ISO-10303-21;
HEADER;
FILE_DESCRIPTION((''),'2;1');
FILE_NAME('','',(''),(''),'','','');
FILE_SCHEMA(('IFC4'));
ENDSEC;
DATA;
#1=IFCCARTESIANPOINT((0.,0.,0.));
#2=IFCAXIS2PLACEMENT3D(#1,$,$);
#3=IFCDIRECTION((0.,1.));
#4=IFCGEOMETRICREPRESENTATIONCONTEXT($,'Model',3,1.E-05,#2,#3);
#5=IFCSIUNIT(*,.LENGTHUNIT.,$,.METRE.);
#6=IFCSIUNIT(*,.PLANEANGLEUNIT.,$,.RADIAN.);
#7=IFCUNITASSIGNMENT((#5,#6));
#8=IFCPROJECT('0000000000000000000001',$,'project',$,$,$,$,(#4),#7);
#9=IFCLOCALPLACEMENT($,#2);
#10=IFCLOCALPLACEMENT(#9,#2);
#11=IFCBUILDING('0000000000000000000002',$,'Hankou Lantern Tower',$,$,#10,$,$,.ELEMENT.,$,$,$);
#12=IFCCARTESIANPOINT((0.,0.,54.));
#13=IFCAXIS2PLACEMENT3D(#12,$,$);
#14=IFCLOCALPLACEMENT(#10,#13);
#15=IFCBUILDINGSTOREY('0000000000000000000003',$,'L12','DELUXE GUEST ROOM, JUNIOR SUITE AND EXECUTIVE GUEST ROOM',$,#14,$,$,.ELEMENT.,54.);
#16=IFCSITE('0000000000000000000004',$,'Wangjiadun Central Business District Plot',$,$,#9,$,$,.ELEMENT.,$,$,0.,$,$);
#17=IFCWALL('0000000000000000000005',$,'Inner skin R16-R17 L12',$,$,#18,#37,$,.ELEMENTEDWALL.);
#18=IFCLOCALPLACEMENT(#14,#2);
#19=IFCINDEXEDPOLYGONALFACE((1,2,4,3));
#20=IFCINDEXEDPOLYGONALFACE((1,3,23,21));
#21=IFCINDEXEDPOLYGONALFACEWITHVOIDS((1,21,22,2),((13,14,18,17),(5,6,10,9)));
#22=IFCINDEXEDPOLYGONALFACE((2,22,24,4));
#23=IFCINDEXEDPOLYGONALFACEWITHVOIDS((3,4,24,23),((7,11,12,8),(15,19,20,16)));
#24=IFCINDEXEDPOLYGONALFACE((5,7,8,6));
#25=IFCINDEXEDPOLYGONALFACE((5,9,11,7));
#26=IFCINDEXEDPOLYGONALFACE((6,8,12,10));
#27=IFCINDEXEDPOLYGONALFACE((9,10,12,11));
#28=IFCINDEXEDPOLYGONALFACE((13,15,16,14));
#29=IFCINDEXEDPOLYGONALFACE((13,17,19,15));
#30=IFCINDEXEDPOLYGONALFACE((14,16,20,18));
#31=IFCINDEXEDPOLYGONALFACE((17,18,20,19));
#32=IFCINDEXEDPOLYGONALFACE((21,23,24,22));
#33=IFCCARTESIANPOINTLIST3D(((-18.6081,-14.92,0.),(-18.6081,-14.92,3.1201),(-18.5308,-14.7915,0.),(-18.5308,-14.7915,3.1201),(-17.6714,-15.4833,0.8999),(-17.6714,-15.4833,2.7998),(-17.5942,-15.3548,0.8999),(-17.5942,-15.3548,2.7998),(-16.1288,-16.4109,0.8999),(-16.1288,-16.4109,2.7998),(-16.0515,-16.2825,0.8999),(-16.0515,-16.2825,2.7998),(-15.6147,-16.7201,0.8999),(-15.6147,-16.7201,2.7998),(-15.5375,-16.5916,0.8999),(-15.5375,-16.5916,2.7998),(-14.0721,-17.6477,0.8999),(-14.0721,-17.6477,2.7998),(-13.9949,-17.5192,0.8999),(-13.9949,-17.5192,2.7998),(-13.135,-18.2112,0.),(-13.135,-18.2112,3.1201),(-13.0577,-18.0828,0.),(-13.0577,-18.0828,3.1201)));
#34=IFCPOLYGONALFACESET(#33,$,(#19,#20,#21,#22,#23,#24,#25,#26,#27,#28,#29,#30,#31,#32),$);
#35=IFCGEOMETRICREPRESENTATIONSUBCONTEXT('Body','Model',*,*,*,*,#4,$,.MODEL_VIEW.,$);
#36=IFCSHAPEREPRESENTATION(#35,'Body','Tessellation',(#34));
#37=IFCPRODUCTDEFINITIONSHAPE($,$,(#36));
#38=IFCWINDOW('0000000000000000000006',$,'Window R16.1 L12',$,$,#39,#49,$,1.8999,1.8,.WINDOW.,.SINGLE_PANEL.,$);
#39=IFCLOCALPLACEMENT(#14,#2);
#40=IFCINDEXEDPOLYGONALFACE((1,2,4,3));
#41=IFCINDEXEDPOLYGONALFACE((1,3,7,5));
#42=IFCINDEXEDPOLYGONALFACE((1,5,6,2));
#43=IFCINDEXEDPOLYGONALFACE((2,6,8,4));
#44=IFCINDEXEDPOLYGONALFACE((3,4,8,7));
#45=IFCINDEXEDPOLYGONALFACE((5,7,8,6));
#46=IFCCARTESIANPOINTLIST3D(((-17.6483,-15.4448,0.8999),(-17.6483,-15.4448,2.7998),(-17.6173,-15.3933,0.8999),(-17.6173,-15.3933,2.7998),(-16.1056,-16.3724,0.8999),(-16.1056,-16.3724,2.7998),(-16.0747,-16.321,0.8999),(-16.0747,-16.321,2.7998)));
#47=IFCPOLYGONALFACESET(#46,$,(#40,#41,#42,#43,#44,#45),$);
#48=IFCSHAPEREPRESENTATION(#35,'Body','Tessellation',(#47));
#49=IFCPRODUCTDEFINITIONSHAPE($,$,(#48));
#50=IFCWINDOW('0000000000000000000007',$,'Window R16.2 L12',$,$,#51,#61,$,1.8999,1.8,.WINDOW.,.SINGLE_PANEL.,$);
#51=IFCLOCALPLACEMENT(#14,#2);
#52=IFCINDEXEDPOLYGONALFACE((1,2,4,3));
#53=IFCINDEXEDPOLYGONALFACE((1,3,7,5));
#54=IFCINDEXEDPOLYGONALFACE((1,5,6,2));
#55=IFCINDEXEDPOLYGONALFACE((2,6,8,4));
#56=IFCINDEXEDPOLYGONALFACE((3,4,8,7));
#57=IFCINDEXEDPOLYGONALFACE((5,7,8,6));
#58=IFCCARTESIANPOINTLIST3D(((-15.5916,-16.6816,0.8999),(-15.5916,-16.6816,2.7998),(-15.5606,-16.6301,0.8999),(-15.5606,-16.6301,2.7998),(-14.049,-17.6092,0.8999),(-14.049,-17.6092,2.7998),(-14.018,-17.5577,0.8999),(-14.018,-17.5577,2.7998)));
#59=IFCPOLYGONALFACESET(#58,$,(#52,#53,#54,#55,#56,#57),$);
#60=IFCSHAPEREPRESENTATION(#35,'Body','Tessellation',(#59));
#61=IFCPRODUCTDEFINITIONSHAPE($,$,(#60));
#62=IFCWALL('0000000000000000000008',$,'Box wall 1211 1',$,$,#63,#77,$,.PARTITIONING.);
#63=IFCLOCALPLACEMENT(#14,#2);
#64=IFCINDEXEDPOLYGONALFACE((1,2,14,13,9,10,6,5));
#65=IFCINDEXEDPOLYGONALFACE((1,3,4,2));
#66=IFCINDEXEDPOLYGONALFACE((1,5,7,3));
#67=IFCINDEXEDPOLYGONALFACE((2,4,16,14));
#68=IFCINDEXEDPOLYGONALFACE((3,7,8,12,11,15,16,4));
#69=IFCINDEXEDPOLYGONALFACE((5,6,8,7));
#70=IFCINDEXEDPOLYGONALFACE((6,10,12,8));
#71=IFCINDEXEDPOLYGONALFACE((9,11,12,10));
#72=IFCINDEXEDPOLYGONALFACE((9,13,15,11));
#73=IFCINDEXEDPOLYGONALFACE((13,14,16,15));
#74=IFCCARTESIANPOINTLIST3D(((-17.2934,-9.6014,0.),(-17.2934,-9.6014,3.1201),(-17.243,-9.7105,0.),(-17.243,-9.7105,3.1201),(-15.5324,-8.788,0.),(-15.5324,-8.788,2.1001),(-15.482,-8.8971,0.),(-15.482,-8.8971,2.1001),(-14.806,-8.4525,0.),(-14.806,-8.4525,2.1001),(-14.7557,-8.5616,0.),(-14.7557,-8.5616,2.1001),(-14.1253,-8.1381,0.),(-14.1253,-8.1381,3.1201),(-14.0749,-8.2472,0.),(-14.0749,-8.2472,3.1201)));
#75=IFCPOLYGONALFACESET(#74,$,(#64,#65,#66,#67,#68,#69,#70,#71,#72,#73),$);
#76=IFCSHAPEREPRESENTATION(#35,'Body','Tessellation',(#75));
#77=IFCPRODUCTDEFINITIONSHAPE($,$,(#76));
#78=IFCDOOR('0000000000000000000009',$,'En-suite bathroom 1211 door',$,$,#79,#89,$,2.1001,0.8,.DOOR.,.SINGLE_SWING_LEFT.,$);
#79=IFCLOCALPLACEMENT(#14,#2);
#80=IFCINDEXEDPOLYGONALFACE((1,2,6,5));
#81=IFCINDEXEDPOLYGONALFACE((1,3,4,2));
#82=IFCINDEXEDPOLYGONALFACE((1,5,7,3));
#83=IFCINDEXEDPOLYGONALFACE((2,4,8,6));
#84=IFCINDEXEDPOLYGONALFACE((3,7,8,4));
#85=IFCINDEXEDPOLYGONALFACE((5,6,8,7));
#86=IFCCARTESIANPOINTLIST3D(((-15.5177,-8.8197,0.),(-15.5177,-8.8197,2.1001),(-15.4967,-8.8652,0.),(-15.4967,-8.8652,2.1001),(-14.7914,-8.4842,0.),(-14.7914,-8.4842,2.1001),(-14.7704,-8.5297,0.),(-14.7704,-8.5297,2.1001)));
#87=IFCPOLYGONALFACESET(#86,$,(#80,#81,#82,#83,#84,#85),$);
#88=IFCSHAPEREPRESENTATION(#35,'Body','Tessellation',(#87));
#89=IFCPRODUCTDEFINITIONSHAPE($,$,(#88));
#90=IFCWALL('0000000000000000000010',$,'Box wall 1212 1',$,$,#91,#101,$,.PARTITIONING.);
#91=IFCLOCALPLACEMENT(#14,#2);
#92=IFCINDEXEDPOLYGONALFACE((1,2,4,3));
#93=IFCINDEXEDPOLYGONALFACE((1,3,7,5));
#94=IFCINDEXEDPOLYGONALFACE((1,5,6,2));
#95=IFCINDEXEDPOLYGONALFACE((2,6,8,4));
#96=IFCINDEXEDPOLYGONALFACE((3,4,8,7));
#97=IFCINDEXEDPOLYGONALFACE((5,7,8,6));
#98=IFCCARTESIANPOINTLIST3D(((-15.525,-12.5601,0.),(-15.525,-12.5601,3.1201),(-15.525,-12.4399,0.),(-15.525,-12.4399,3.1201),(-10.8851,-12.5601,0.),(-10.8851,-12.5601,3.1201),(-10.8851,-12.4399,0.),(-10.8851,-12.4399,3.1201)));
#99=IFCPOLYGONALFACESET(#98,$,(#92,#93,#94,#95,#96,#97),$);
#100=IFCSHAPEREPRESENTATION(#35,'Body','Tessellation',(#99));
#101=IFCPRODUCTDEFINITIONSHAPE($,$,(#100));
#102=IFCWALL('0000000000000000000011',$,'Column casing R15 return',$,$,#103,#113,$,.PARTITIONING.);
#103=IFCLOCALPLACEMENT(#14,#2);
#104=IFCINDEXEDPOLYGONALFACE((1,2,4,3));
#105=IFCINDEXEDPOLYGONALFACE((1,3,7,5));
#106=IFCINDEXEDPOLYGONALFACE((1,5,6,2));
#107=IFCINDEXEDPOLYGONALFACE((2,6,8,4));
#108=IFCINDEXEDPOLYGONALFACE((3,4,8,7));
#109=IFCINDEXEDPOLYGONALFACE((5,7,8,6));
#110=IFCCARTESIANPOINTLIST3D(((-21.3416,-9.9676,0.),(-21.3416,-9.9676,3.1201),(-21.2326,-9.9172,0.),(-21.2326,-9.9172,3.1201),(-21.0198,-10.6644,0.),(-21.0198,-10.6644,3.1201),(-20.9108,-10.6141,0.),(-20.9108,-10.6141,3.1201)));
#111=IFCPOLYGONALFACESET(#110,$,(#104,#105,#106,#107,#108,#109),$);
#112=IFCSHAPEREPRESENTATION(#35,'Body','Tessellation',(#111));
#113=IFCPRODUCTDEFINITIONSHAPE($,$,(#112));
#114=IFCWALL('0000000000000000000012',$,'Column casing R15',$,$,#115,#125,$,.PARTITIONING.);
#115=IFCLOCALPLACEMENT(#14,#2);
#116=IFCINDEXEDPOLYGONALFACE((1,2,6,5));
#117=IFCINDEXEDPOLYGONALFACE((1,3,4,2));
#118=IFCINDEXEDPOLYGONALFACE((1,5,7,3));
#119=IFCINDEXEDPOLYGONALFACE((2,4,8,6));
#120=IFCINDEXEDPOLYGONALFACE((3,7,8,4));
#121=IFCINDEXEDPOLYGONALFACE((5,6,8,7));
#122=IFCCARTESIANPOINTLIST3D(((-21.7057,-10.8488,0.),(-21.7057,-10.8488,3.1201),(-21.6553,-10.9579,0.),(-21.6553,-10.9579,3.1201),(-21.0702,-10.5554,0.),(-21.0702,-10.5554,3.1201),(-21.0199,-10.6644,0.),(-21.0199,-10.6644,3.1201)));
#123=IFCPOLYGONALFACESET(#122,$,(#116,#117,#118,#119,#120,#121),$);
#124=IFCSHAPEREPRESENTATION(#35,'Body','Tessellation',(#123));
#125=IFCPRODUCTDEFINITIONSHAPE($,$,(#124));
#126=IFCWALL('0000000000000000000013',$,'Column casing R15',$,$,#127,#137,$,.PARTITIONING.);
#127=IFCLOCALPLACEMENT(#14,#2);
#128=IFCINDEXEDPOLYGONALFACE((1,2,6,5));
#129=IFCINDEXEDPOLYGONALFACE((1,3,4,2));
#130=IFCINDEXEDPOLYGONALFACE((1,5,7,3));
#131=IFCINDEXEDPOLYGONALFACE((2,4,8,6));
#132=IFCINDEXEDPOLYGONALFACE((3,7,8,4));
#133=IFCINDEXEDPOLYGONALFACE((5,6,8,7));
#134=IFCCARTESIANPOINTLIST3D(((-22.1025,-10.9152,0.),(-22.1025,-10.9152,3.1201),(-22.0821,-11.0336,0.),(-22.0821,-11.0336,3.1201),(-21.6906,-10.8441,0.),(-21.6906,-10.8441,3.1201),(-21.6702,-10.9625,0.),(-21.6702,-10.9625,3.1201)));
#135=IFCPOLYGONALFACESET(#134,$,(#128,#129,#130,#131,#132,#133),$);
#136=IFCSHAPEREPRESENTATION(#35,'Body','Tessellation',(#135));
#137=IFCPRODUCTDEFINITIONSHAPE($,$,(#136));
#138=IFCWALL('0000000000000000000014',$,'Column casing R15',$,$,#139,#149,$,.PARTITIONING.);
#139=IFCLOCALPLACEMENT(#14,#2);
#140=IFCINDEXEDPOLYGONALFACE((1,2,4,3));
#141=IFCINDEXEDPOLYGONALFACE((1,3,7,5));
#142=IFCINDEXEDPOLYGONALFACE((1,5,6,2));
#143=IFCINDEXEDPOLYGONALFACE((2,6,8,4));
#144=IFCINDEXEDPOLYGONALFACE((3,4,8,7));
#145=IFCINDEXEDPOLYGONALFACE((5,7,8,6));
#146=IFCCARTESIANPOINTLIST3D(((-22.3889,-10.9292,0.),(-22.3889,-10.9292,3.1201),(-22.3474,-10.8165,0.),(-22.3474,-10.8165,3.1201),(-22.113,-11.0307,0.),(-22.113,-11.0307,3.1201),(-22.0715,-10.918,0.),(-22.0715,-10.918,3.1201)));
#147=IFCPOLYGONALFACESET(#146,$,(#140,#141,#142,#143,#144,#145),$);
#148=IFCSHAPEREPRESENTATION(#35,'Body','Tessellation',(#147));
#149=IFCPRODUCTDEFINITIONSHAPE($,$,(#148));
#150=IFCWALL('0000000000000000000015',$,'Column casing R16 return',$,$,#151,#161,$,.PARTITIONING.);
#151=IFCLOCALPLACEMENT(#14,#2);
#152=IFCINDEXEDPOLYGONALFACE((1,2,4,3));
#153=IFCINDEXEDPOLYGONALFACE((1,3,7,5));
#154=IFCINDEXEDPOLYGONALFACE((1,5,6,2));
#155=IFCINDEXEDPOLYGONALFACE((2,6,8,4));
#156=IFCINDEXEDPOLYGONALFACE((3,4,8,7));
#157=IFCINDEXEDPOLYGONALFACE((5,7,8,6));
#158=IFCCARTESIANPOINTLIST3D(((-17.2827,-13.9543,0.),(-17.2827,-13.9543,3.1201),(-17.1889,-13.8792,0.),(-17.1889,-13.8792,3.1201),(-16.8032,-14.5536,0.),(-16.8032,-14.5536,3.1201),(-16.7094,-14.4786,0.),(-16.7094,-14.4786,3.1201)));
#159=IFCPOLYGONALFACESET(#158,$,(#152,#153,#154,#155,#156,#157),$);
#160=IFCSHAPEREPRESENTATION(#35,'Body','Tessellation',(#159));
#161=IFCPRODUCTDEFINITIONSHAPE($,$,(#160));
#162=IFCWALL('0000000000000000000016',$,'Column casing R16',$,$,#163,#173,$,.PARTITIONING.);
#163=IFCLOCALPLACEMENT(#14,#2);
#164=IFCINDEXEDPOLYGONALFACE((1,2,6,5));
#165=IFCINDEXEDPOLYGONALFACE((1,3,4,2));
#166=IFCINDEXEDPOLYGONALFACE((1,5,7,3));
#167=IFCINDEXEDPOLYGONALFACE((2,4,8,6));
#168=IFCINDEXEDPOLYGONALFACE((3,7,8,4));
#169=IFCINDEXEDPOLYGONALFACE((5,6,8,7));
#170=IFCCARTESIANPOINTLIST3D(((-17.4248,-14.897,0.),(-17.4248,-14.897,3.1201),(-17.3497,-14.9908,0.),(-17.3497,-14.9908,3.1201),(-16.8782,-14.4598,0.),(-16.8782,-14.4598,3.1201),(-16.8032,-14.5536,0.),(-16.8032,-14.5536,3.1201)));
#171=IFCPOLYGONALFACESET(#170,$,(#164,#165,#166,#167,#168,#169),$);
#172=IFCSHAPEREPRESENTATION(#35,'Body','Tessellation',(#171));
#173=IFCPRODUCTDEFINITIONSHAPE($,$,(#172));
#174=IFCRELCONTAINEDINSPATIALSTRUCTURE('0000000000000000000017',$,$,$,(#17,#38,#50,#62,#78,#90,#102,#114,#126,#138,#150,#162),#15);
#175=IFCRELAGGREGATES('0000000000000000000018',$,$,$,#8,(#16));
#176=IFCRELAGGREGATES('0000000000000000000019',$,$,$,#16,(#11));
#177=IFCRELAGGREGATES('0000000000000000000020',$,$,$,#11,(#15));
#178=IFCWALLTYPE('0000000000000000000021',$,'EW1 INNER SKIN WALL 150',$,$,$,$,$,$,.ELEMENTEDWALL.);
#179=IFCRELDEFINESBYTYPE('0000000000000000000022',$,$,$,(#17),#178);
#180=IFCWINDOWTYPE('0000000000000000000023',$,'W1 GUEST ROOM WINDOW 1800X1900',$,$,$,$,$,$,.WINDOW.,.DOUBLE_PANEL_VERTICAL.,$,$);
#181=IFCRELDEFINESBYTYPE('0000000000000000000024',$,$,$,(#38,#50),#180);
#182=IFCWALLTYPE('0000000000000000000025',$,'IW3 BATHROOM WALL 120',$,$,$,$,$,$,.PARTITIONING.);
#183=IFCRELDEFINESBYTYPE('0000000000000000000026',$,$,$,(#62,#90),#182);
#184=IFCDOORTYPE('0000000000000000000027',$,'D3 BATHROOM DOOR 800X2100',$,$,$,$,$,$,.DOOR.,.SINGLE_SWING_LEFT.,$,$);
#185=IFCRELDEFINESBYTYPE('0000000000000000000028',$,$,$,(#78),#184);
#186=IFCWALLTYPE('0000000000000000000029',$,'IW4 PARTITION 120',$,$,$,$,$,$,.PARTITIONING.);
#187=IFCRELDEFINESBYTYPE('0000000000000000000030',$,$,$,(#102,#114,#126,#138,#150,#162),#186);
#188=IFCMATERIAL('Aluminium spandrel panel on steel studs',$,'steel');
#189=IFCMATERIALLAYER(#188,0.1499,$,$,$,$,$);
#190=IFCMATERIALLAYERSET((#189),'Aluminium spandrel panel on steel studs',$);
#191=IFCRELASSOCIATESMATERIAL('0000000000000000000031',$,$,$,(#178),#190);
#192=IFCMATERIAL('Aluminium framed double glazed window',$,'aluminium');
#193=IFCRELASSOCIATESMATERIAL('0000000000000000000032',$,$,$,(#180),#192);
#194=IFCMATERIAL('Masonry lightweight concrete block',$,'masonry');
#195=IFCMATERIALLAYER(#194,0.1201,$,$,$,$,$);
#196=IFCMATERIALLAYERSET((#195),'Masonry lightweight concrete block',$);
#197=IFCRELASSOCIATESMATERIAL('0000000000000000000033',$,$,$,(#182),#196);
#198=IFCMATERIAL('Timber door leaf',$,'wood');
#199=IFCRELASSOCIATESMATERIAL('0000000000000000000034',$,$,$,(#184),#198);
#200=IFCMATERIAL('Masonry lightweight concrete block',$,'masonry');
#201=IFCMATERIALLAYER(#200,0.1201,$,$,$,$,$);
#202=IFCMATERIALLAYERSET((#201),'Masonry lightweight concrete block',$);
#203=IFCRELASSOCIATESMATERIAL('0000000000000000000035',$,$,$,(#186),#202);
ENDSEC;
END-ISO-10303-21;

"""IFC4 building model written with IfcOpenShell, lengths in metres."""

from ifc_helpers import new_model, si_unit, direction, frame, frame_2d, origin, place, context, subcontext, project, spatial, rectangle, extrude, material, layer, layer_set, type_object, element, fill, save


model = new_model("IFC4")

# Units and contexts
model_context = context("Model", 3, precision=1e-05, world=origin(), true_north=direction((0.0, 1.0)))
body_context = subcontext(model_context, "Body", "Model", "MODEL_VIEW")
ifc_project = project(units=[si_unit("LENGTHUNIT", "METRE"), si_unit("PLANEANGLEUNIT", "RADIAN")], contexts=[model_context])

# Site, building, storey
site_placement = place(None, origin())
site = spatial("IfcSite", under=ifc_project, at=site_placement, Name="Wangjiadun Central Business District Plot", CompositionType="ELEMENT", RefElevation=0.0)
building_placement = place(site_placement, origin())
building = spatial("IfcBuilding", under=site, at=building_placement, Name="Hankou Lantern Tower", CompositionType="ELEMENT")
storey_placement = place(building_placement, frame((0.0, 0.0, 54.0)))
storey = spatial("IfcBuildingStorey", under=building, at=storey_placement, Name="L12", Description="DELUXE GUEST ROOM, JUNIOR SUITE AND EXECUTIVE GUEST ROOM", CompositionType="ELEMENT", Elevation=54.0)

# Wall, openings, windows
ifc_material_1 = material(Name="Aluminium spandrel panel on steel studs", Category="steel")
ifc_layer_1 = layer(ifc_material_1, 0.1499)
ifc_layer_set_1 = layer_set([ifc_layer_1], Name="Aluminium spandrel panel on steel studs")
wall_type_1 = type_object("IfcWallType", Name="EW1 INNER SKIN WALL 150", PredefinedType="ELEMENTEDWALL", material=ifc_layer_set_1)
ifc_material_2 = material(Name="Aluminium framed double glazed window", Category="aluminium")
window_type = type_object("IfcWindowType", Name="W1 GUEST ROOM WINDOW 1800X1900", PartitioningType="DOUBLE_PANEL_VERTICAL", PredefinedType="WINDOW", material=ifc_material_2)
wall_1_placement = place(storey_placement, frame((-18.5696, -14.8557, 0.0), z_axis=(0.0, 0.0, 1.0), x_axis=(0.856983, -0.515344, 0.0)))
wall_1 = element("IfcWall", 1, at=wall_1_placement, inside=storey, type_object=wall_type_1, Name="Inner skin R16-R17 L12", PredefinedType="ELEMENTEDWALL", context=body_context, shape_type="SweptSolid", body=[
    extrude(rectangle(XDim=6.3865, YDim=0.1499, at=frame_2d((3.1934, 0.0))), origin(), (0.0, 0.0, 1.0), 3.1201),
])
opening_1_placement = place(wall_1_placement, frame((1.0933, 0.0, 0.8999)))
opening_1 = element("IfcOpeningElement", 2, at=opening_1_placement, cuts=wall_1, PredefinedType="OPENING", context=body_context, shape_type="SweptSolid", body=[
    extrude(rectangle(XDim=1.8, YDim=1.8999, at=frame_2d((0.8999, 0.95))), frame((0.0, 0.085, 0.0), z_axis=(0.0, -1.0, 0.0), x_axis=(1.0, 0.0, 0.0)), (0.0, 0.0, 1.0), 0.1699),
])
opening_2_placement = place(wall_1_placement, frame((3.4932, 0.0, 0.8999)))
opening_2 = element("IfcOpeningElement", 3, at=opening_2_placement, cuts=wall_1, PredefinedType="OPENING", context=body_context, shape_type="SweptSolid", body=[
    extrude(rectangle(XDim=1.8, YDim=1.8999, at=frame_2d((0.8999, 0.95))), frame((0.0, 0.085, 0.0), z_axis=(0.0, -1.0, 0.0), x_axis=(1.0, 0.0, 0.0)), (0.0, 0.0, 1.0), 0.1699),
])
window_1_placement = place(opening_1_placement, origin())
window_1 = element("IfcWindow", 4, at=window_1_placement, inside=storey, type_object=window_type, Name="Window R16.1 L12", OverallHeight=1.8999, OverallWidth=1.8, PartitioningType="SINGLE_PANEL", PredefinedType="WINDOW", context=body_context, shape_type="SweptSolid", body=[
    extrude(rectangle(XDim=1.8, YDim=1.8999, at=frame_2d((0.8999, 0.95))), frame((0.0, 0.03, 0.0), z_axis=(0.0, -1.0, 0.0), x_axis=(1.0, 0.0, 0.0)), (0.0, 0.0, 1.0), 0.0601),
])
fill(opening_1, window_1)
window_2_placement = place(opening_2_placement, origin())
window_2 = element("IfcWindow", 5, at=window_2_placement, inside=storey, type_object=window_type, Name="Window R16.2 L12", OverallHeight=1.8999, OverallWidth=1.8, PartitioningType="SINGLE_PANEL", PredefinedType="WINDOW", context=body_context, shape_type="SweptSolid", body=[
    extrude(rectangle(XDim=1.8, YDim=1.8999, at=frame_2d((0.8999, 0.95))), frame((0.0, 0.03, 0.0), z_axis=(0.0, -1.0, 0.0), x_axis=(1.0, 0.0, 0.0)), (0.0, 0.0, 1.0), 0.0601),
])
fill(opening_2, window_2)

# Wall, opening, door
ifc_material_3 = material(Name="Masonry lightweight concrete block", Category="masonry")
ifc_layer_2 = layer(ifc_material_3, 0.1201)
ifc_layer_set_2 = layer_set([ifc_layer_2], Name="Masonry lightweight concrete block")
wall_type_2 = type_object("IfcWallType", Name="IW3 BATHROOM WALL 120", PredefinedType="PARTITIONING", material=ifc_layer_set_2)
wall_2_placement = place(storey_placement, frame((-14.1001, -8.1926, 0.0), z_axis=(0.0, 0.0, 1.0), x_axis=(-0.907836, -0.419324, 0.0)))
wall_2 = element("IfcWall", 6, at=wall_2_placement, inside=storey, type_object=wall_type_2, Name="Box wall 1211 1", PredefinedType="PARTITIONING", context=body_context, shape_type="SweptSolid", body=[
    extrude(rectangle(XDim=3.4897, YDim=0.1201, at=frame_2d((1.7449, 0.0))), origin(), (0.0, 0.0, 1.0), 3.1201),
])
opening_3_placement = place(wall_2_placement, frame((0.75, 0.0, 0.0)))
opening_3 = element("IfcOpeningElement", 7, at=opening_3_placement, cuts=wall_2, PredefinedType="OPENING", context=body_context, shape_type="SweptSolid", body=[
    extrude(rectangle(XDim=0.8, YDim=2.1001, at=frame_2d((0.3999, 1.05))), frame((0.0, 0.0701, 0.0), z_axis=(0.0, -1.0, 0.0), x_axis=(1.0, 0.0, 0.0)), (0.0, 0.0, 1.0), 0.1401),
])
ifc_material_4 = material(Name="Timber door leaf", Category="wood")
door_type = type_object("IfcDoorType", Name="D3 BATHROOM DOOR 800X2100", OperationType="SINGLE_SWING_LEFT", PredefinedType="DOOR", material=ifc_material_4)
door_placement = place(opening_3_placement, origin())
door = element("IfcDoor", 8, at=door_placement, inside=storey, type_object=door_type, Name="En-suite bathroom 1211 door", OperationType="SINGLE_SWING_LEFT", OverallHeight=2.1001, OverallWidth=0.8, PredefinedType="DOOR", context=body_context, shape_type="SweptSolid", body=[
    extrude(rectangle(XDim=0.8, YDim=2.1001, at=frame_2d((0.3999, 1.05))), frame((0.0, 0.0249, 0.0), z_axis=(0.0, -1.0, 0.0), x_axis=(1.0, 0.0, 0.0)), (0.0, 0.0, 1.0), 0.05),
])
fill(opening_3, door)

# Walls
wall_3_placement = place(storey_placement, frame((-15.5249, -12.5, 0.0), z_axis=(0.0, 0.0, 1.0), x_axis=(1.0, 0.0, 0.0)))
element("IfcWall", 9, at=wall_3_placement, inside=storey, type_object=wall_type_2, Name="Box wall 1212 1", PredefinedType="PARTITIONING", context=body_context, shape_type="SweptSolid", body=[
    extrude(rectangle(XDim=4.6399, YDim=0.1201, at=frame_2d((2.3198, 0.0))), origin(), (0.0, 0.0, 1.0), 3.1201),
])
ifc_material_5 = material(Name="Masonry lightweight concrete block", Category="masonry")
ifc_layer_3 = layer(ifc_material_5, 0.1201)
ifc_layer_set_3 = layer_set([ifc_layer_3], Name="Masonry lightweight concrete block")
wall_type_3 = type_object("IfcWallType", Name="IW4 PARTITION 120", PredefinedType="PARTITIONING", material=ifc_layer_set_3)
wall_4_placement = place(storey_placement, frame((-21.2871, -9.9424, 0.0), z_axis=(0.0, 0.0, 1.0), x_axis=(0.41926, -0.907866, 0.0)))
element("IfcWall", 10, at=wall_4_placement, inside=storey, type_object=wall_type_3, Name="Column casing R15 return", PredefinedType="PARTITIONING", context=body_context, shape_type="SweptSolid", body=[
    extrude(rectangle(XDim=0.7676, YDim=0.1201, at=frame_2d((0.3838, 0.0))), origin(), (0.0, 0.0, 1.0), 3.1201),
])
wall_5_placement = place(storey_placement, frame((-21.0449, -10.6099, 0.0), z_axis=(0.0, 0.0, 1.0), x_axis=(-0.907878, -0.419235, 0.0)))
element("IfcWall", 11, at=wall_5_placement, inside=storey, type_object=wall_type_3, Name="Column casing R15", PredefinedType="PARTITIONING", context=body_context, shape_type="SweptSolid", body=[
    extrude(rectangle(XDim=0.7, YDim=0.1201, at=frame_2d((0.3501, 0.0))), origin(), (0.0, 0.0, 1.0), 3.1201),
])
wall_6_placement = place(storey_placement, frame((-21.6804, -10.9033, 0.0), z_axis=(0.0, 0.0, 1.0), x_axis=(-0.985447, -0.169985, 0.0)))
element("IfcWall", 12, at=wall_6_placement, inside=storey, type_object=wall_type_3, Name="Column casing R15", PredefinedType="PARTITIONING", context=body_context, shape_type="SweptSolid", body=[
    extrude(rectangle(XDim=0.418, YDim=0.1201, at=frame_2d((0.209, 0.0))), origin(), (0.0, 0.0, 1.0), 3.1201),
])
wall_7_placement = place(storey_placement, frame((-22.0923, -10.9744, 0.0), z_axis=(0.0, 0.0, 1.0), x_axis=(-0.938428, 0.345474, 0.0)))
element("IfcWall", 13, at=wall_7_placement, inside=storey, type_object=wall_type_3, Name="Column casing R15", PredefinedType="PARTITIONING", context=body_context, shape_type="SweptSolid", body=[
    extrude(rectangle(XDim=0.2939, YDim=0.1201, at=frame_2d((0.147, 0.0))), origin(), (0.0, 0.0, 1.0), 3.1201),
])
wall_8_placement = place(storey_placement, frame((-17.2358, -13.9167, 0.0), z_axis=(0.0, 0.0, 1.0), x_axis=(0.624695, -0.780869, 0.0)))
element("IfcWall", 14, at=wall_8_placement, inside=storey, type_object=wall_type_3, Name="Column casing R16 return", PredefinedType="PARTITIONING", context=body_context, shape_type="SweptSolid", body=[
    extrude(rectangle(XDim=0.7676, YDim=0.1201, at=frame_2d((0.3838, 0.0))), origin(), (0.0, 0.0, 1.0), 3.1201),
])
wall_9_placement = place(storey_placement, frame((-16.8406, -14.5066, 0.0), z_axis=(0.0, 0.0, 1.0), x_axis=(-0.780903, -0.624653, 0.0)))
element("IfcWall", 15, at=wall_9_placement, inside=storey, type_object=wall_type_3, Name="Column casing R16", PredefinedType="PARTITIONING", context=body_context, shape_type="SweptSolid", body=[
    extrude(rectangle(XDim=0.7, YDim=0.1201, at=frame_2d((0.3501, 0.0))), origin(), (0.0, 0.0, 1.0), 3.1201),
])

save(model, "model.ifc")
